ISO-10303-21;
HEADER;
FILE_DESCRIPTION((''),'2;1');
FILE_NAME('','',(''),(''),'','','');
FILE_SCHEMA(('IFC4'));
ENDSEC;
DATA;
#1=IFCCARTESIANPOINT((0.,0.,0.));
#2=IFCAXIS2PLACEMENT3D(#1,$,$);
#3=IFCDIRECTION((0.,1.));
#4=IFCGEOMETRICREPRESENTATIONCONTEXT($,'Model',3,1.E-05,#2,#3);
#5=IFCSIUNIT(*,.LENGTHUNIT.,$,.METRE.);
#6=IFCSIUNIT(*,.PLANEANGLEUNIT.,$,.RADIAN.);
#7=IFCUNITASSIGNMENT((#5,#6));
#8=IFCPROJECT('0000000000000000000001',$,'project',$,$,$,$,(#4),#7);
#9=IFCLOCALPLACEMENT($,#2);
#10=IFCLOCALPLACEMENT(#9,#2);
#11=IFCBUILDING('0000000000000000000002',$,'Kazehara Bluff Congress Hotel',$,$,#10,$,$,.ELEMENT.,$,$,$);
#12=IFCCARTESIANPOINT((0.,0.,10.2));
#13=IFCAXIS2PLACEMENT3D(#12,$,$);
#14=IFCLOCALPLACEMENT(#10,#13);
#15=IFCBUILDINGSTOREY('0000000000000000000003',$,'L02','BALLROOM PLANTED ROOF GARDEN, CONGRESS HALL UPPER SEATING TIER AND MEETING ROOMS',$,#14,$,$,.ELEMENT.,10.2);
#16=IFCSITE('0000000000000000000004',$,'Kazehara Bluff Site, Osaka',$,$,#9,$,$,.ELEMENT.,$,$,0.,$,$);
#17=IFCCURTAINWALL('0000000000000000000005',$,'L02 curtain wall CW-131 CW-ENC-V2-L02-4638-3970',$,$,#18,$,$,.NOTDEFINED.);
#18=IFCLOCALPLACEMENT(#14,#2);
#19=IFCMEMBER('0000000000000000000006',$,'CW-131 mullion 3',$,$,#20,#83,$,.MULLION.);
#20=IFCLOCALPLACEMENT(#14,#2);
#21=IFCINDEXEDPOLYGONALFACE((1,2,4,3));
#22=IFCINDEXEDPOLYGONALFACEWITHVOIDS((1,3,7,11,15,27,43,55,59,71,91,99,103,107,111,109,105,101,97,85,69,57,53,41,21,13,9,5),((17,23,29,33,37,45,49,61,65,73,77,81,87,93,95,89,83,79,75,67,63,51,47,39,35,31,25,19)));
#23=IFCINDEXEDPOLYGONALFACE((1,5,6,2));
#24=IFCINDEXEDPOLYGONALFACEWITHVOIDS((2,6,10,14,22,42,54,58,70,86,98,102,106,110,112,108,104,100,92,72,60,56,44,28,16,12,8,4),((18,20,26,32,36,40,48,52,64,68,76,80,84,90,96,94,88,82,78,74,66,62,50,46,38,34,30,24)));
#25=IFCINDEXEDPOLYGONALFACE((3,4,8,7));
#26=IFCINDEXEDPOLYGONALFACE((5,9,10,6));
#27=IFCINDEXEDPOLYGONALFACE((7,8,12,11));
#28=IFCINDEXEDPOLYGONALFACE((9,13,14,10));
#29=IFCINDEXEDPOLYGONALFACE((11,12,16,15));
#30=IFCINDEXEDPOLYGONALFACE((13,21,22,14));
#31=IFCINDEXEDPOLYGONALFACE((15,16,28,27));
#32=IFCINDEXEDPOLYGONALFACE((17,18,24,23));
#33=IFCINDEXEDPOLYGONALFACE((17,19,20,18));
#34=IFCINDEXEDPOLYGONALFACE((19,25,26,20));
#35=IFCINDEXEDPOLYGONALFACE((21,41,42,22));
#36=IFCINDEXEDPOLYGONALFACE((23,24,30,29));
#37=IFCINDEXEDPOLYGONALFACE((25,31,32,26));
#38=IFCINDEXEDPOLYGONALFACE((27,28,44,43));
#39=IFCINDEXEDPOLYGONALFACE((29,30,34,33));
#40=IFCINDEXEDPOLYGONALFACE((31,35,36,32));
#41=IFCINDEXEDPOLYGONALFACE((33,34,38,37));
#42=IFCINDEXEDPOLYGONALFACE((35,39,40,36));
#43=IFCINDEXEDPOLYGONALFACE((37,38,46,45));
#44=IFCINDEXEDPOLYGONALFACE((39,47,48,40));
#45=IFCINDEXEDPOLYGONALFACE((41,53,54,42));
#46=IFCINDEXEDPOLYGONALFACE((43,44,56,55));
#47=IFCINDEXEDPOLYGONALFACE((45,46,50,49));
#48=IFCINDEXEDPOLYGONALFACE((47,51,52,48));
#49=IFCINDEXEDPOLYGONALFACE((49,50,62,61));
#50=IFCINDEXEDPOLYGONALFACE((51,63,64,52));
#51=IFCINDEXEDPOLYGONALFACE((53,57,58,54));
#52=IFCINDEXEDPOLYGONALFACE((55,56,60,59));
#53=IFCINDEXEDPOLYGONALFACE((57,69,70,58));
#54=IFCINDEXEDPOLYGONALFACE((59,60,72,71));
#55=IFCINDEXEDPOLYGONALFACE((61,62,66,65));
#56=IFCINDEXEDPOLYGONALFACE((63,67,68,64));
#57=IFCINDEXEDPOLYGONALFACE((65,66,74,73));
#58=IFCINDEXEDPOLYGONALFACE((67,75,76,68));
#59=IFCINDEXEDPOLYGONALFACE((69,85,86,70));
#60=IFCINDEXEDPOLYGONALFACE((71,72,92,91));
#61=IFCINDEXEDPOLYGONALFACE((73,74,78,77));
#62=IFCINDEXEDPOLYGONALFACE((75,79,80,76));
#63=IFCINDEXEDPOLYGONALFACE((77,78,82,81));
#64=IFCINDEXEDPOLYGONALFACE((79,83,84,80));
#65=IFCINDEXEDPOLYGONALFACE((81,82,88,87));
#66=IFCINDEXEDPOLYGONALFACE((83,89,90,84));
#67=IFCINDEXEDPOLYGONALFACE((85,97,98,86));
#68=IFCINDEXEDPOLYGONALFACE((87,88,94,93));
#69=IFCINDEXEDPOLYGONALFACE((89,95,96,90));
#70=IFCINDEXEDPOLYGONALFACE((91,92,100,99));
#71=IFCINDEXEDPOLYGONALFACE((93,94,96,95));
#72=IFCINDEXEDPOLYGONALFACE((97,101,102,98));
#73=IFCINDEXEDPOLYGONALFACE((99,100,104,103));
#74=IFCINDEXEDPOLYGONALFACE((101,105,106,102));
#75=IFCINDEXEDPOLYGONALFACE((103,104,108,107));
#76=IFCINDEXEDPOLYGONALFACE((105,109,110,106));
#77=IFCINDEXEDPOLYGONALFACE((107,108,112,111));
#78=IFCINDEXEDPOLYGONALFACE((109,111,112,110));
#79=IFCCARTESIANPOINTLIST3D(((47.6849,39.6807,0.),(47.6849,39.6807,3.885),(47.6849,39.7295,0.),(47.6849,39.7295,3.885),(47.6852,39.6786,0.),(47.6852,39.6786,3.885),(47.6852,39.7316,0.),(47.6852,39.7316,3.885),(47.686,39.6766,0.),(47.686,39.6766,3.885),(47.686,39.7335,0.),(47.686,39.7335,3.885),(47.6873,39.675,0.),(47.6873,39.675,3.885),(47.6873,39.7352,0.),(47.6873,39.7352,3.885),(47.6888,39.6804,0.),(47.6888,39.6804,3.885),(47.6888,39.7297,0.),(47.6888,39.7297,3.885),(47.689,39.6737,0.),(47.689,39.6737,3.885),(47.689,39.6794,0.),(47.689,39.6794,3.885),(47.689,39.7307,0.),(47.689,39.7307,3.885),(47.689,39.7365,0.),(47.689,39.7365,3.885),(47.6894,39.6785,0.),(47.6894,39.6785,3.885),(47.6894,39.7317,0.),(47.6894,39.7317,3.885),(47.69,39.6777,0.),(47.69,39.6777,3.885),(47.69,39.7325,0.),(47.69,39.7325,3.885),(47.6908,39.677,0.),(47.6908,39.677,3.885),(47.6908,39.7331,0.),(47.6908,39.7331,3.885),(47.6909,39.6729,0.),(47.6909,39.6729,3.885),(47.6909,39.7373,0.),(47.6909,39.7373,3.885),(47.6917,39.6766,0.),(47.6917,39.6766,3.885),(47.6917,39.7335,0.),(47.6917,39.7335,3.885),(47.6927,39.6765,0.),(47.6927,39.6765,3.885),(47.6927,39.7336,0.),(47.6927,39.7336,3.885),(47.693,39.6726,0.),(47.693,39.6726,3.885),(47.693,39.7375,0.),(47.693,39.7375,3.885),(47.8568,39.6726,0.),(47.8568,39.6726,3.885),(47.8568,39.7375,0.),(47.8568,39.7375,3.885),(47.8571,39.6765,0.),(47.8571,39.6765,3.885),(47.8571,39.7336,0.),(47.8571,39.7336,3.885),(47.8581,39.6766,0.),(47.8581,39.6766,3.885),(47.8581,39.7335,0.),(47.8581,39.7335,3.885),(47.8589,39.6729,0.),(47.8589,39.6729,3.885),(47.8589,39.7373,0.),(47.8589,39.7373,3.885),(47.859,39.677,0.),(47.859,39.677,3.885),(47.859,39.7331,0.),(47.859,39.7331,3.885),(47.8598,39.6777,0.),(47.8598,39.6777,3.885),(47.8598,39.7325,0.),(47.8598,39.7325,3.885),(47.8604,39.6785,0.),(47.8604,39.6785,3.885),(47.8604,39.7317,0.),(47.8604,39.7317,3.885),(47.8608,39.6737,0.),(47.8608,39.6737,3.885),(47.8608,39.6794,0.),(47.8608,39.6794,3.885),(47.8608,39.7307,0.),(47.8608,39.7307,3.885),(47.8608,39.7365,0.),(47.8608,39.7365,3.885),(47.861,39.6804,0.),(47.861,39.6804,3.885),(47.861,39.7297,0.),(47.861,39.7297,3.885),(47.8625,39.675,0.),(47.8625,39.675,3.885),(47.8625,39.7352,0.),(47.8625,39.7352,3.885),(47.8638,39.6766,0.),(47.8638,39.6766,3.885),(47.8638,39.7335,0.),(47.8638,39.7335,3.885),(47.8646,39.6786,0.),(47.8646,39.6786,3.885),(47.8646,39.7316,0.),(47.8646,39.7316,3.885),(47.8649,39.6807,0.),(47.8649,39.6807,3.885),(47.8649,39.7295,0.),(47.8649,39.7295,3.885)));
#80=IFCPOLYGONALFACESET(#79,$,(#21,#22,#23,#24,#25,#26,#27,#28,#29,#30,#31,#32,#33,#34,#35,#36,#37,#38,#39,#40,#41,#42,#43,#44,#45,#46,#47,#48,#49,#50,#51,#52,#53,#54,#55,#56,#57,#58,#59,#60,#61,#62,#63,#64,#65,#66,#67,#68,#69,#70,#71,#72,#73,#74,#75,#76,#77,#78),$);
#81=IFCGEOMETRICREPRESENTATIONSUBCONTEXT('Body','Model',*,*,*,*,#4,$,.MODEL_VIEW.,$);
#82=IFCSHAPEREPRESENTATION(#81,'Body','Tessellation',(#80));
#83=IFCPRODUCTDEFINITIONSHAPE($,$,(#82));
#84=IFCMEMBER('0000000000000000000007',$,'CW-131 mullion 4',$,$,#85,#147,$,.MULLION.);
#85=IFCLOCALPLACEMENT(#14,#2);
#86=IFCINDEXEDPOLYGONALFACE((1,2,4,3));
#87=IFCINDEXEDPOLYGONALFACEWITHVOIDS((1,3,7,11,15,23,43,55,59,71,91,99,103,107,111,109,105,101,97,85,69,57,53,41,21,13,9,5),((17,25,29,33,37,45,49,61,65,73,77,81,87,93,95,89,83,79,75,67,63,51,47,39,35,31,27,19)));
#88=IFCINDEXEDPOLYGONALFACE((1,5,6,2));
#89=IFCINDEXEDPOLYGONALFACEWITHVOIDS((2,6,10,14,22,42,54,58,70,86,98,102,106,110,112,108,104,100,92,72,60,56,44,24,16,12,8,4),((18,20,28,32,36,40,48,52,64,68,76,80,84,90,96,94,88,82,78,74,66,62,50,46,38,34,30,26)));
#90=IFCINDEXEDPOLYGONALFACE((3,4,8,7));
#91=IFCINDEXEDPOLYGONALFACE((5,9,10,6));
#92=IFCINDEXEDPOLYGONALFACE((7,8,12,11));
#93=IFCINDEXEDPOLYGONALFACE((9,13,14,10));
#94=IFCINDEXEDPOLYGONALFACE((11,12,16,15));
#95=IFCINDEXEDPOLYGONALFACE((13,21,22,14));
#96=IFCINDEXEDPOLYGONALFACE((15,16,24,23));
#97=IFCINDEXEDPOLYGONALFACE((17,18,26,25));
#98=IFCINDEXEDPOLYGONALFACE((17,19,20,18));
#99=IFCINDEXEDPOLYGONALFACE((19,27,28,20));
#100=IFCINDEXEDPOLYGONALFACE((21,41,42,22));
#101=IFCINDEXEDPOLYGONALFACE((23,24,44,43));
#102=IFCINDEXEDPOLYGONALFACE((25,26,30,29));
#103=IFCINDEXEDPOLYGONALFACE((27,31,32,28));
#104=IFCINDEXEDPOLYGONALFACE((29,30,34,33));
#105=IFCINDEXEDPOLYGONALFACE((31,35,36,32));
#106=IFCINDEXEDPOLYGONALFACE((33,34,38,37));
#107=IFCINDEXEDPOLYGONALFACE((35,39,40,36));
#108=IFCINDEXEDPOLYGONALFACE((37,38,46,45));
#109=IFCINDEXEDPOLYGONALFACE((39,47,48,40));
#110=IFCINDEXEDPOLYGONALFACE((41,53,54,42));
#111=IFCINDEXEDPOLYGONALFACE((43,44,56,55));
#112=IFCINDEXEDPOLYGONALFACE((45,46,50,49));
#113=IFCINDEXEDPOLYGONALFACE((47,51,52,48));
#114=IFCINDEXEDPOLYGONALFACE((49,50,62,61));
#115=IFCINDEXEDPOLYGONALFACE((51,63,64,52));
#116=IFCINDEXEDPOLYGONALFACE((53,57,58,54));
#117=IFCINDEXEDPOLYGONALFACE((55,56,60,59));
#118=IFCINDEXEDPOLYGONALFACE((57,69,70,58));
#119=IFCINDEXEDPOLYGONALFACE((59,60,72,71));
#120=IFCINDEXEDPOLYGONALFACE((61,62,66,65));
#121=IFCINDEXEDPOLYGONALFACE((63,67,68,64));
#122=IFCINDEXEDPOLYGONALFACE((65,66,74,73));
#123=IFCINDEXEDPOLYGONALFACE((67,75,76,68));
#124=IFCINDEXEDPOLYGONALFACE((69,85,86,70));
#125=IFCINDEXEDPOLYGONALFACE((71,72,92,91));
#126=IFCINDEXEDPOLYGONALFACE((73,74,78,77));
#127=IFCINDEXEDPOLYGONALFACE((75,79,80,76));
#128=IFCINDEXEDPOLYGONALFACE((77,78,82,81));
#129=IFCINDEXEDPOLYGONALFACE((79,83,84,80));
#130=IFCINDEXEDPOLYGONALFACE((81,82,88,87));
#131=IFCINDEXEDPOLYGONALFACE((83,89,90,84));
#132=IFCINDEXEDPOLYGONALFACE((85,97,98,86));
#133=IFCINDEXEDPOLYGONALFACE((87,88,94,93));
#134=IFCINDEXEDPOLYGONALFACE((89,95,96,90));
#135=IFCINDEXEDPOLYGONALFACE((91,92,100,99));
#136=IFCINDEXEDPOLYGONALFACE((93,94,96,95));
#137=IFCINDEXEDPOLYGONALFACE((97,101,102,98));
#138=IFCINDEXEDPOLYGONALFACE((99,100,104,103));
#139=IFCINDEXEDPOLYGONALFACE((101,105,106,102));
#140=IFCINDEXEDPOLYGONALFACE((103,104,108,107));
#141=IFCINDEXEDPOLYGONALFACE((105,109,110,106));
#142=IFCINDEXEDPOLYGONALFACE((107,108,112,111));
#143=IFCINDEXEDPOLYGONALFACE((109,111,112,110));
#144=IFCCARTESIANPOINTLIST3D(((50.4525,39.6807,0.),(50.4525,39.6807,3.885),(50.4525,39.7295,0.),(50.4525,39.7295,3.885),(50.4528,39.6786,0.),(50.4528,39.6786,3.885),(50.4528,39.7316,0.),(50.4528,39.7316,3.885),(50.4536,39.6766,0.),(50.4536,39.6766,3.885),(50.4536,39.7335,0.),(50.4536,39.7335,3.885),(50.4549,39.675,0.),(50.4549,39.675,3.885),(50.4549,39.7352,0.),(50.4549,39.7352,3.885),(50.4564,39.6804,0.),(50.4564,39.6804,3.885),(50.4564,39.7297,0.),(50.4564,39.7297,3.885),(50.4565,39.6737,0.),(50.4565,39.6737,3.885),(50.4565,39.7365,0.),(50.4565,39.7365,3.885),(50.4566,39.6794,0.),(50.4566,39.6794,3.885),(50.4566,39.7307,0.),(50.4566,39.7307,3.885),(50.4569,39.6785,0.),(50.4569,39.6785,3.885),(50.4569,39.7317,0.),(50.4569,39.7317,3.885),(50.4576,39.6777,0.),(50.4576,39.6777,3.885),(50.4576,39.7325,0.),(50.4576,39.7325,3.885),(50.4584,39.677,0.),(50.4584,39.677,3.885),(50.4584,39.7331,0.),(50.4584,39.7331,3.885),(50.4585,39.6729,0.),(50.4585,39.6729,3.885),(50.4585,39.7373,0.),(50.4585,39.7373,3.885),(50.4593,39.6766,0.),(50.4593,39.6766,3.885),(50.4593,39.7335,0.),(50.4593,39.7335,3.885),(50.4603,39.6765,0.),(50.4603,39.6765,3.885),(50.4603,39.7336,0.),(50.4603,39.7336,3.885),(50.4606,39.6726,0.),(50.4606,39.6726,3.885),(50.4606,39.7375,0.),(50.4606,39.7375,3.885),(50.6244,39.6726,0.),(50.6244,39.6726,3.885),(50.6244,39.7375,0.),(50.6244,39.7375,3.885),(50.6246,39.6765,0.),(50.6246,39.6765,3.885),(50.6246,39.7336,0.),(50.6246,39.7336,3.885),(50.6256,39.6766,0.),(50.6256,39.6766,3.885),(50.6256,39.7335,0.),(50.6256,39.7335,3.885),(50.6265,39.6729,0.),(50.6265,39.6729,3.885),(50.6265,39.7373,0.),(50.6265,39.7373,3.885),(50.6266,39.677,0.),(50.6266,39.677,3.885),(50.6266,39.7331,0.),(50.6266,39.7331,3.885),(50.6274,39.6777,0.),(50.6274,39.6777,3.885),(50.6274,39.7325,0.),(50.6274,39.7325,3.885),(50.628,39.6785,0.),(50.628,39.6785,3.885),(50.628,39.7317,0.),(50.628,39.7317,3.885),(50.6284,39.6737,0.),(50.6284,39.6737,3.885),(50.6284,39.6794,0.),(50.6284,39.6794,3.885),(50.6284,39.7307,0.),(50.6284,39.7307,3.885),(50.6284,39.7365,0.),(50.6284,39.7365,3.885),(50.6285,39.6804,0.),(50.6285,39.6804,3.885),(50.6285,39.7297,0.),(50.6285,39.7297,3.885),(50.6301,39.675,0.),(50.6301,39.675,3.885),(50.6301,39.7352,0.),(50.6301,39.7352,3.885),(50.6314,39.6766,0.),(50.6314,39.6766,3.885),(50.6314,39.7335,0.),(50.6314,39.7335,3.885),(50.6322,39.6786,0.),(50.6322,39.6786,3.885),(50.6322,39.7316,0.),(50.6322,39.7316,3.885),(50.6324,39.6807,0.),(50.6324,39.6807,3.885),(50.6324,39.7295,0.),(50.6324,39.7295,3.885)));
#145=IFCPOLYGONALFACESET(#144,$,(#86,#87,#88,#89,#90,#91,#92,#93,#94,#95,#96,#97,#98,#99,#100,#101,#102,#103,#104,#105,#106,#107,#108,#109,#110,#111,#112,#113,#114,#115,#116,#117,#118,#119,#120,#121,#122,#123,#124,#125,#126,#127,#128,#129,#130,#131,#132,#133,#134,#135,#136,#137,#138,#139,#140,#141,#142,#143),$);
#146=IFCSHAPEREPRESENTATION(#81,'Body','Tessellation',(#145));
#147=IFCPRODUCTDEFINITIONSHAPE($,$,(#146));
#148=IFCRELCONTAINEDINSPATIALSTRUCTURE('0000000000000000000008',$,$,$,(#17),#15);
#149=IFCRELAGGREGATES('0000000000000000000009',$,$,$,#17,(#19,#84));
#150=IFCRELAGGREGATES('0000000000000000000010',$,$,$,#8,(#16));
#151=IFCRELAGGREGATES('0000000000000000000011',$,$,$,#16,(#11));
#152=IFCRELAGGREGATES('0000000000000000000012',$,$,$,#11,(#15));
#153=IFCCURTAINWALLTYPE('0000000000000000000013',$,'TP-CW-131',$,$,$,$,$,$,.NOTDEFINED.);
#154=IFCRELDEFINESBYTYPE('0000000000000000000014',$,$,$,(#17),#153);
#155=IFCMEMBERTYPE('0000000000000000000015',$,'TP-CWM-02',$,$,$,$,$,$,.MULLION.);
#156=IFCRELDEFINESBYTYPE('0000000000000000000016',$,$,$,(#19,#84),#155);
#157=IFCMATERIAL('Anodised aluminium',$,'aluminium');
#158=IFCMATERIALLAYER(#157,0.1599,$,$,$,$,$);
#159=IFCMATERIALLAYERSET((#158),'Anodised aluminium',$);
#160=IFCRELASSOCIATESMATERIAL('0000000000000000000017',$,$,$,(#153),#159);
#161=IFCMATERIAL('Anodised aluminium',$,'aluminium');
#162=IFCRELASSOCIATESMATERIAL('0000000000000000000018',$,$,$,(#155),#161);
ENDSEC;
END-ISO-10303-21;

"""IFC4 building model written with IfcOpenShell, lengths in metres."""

from ifc_helpers import new_model, si_unit, direction, frame, origin, origin_2d, place, context, subcontext, project, spatial, hollow_rectangle, extrude, material, layer, layer_set, material_profile, profile_set, type_object, element, aggregate, save


model = new_model("IFC4")

# Units and contexts
model_context = context("Model", 3, precision=1e-05, world=origin(), true_north=direction((0.0, 1.0)))
body_context = subcontext(model_context, "Body", "Model", "MODEL_VIEW")
ifc_project = project(units=[si_unit("LENGTHUNIT", "METRE"), si_unit("PLANEANGLEUNIT", "RADIAN")], contexts=[model_context])

# Site, building, storey
site_placement = place(None, origin())
site = spatial("IfcSite", under=ifc_project, at=site_placement, Name="Kazehara Bluff Site, Osaka", CompositionType="ELEMENT", RefElevation=0.0)
building_placement = place(site_placement, origin())
building = spatial("IfcBuilding", under=site, at=building_placement, Name="Kazehara Bluff Congress Hotel", CompositionType="ELEMENT")
storey_placement = place(building_placement, frame((0.0, 0.0, 10.2)))
storey = spatial("IfcBuildingStorey", under=building, at=storey_placement, Name="L02", Description="BALLROOM PLANTED ROOF GARDEN, CONGRESS HALL UPPER SEATING TIER AND MEETING ROOMS", CompositionType="ELEMENT", Elevation=10.2)

# Curtain wall, members
ifc_material_1 = material(Name="Anodised aluminium", Category="aluminium")
ifc_layer_1 = layer(ifc_material_1, 0.1599)
ifc_layer_set_1 = layer_set([ifc_layer_1], Name="Anodised aluminium")
curtain_wall_type_1 = type_object("IfcCurtainWallType", Name="TP-CW-131", PredefinedType="NOTDEFINED", material=ifc_layer_set_1)
curtain_wall_1_placement = place(storey_placement, origin())
curtain_wall_1 = element("IfcCurtainWall", 1, at=curtain_wall_1_placement, inside=storey, type_object=curtain_wall_type_1, Name="L02 curtain wall CW-131 CW-ENC-V2-L02-4638-3970", PredefinedType="NOTDEFINED")
ifc_material_2 = material(Name="Anodised aluminium", Category="aluminium")
ifc_material_profile_1 = material_profile(ifc_material_2, hollow_rectangle(XDim=0.0649, YDim=0.1799, WallThickness=0.0039, InnerFilletRadius=0.0039, OuterFilletRadius=0.0081, at=origin_2d()))
ifc_profile_set_1 = profile_set([ifc_material_profile_1], Name="Anodised aluminium")
member_type_1 = type_object("IfcMemberType", Name="TP-CWM-02", PredefinedType="MULLION", material=ifc_profile_set_1)
member_1_placement = place(storey_placement, frame((47.7749, 39.7051, 0.0), z_axis=(0.0, 0.0, 1.0), x_axis=(0.0, 1.0, 0.0)))
member_1 = element("IfcMember", 2, at=member_1_placement, type_object=member_type_1, Name="CW-131 mullion 3", PredefinedType="MULLION", context=body_context, shape_type="SweptSolid", body=[
    extrude(hollow_rectangle(XDim=0.0649, YDim=0.1799, WallThickness=0.0039, InnerFilletRadius=0.0039, OuterFilletRadius=0.0081, at=origin_2d()), origin(), (0.0, 0.0, 1.0), 3.885),
])
member_2_placement = place(storey_placement, frame((50.5425, 39.7051, 0.0), z_axis=(0.0, 0.0, 1.0), x_axis=(0.0, 1.0, 0.0)))
member_2 = element("IfcMember", 3, at=member_2_placement, type_object=member_type_1, Name="CW-131 mullion 4", PredefinedType="MULLION", context=body_context, shape_type="SweptSolid", body=[
    extrude(hollow_rectangle(XDim=0.0649, YDim=0.1799, WallThickness=0.0039, InnerFilletRadius=0.0039, OuterFilletRadius=0.0081, at=origin_2d()), origin(), (0.0, 0.0, 1.0), 3.885),
])

aggregate(curtain_wall_1, [member_1, member_2])

save(model, "model.ifc")
